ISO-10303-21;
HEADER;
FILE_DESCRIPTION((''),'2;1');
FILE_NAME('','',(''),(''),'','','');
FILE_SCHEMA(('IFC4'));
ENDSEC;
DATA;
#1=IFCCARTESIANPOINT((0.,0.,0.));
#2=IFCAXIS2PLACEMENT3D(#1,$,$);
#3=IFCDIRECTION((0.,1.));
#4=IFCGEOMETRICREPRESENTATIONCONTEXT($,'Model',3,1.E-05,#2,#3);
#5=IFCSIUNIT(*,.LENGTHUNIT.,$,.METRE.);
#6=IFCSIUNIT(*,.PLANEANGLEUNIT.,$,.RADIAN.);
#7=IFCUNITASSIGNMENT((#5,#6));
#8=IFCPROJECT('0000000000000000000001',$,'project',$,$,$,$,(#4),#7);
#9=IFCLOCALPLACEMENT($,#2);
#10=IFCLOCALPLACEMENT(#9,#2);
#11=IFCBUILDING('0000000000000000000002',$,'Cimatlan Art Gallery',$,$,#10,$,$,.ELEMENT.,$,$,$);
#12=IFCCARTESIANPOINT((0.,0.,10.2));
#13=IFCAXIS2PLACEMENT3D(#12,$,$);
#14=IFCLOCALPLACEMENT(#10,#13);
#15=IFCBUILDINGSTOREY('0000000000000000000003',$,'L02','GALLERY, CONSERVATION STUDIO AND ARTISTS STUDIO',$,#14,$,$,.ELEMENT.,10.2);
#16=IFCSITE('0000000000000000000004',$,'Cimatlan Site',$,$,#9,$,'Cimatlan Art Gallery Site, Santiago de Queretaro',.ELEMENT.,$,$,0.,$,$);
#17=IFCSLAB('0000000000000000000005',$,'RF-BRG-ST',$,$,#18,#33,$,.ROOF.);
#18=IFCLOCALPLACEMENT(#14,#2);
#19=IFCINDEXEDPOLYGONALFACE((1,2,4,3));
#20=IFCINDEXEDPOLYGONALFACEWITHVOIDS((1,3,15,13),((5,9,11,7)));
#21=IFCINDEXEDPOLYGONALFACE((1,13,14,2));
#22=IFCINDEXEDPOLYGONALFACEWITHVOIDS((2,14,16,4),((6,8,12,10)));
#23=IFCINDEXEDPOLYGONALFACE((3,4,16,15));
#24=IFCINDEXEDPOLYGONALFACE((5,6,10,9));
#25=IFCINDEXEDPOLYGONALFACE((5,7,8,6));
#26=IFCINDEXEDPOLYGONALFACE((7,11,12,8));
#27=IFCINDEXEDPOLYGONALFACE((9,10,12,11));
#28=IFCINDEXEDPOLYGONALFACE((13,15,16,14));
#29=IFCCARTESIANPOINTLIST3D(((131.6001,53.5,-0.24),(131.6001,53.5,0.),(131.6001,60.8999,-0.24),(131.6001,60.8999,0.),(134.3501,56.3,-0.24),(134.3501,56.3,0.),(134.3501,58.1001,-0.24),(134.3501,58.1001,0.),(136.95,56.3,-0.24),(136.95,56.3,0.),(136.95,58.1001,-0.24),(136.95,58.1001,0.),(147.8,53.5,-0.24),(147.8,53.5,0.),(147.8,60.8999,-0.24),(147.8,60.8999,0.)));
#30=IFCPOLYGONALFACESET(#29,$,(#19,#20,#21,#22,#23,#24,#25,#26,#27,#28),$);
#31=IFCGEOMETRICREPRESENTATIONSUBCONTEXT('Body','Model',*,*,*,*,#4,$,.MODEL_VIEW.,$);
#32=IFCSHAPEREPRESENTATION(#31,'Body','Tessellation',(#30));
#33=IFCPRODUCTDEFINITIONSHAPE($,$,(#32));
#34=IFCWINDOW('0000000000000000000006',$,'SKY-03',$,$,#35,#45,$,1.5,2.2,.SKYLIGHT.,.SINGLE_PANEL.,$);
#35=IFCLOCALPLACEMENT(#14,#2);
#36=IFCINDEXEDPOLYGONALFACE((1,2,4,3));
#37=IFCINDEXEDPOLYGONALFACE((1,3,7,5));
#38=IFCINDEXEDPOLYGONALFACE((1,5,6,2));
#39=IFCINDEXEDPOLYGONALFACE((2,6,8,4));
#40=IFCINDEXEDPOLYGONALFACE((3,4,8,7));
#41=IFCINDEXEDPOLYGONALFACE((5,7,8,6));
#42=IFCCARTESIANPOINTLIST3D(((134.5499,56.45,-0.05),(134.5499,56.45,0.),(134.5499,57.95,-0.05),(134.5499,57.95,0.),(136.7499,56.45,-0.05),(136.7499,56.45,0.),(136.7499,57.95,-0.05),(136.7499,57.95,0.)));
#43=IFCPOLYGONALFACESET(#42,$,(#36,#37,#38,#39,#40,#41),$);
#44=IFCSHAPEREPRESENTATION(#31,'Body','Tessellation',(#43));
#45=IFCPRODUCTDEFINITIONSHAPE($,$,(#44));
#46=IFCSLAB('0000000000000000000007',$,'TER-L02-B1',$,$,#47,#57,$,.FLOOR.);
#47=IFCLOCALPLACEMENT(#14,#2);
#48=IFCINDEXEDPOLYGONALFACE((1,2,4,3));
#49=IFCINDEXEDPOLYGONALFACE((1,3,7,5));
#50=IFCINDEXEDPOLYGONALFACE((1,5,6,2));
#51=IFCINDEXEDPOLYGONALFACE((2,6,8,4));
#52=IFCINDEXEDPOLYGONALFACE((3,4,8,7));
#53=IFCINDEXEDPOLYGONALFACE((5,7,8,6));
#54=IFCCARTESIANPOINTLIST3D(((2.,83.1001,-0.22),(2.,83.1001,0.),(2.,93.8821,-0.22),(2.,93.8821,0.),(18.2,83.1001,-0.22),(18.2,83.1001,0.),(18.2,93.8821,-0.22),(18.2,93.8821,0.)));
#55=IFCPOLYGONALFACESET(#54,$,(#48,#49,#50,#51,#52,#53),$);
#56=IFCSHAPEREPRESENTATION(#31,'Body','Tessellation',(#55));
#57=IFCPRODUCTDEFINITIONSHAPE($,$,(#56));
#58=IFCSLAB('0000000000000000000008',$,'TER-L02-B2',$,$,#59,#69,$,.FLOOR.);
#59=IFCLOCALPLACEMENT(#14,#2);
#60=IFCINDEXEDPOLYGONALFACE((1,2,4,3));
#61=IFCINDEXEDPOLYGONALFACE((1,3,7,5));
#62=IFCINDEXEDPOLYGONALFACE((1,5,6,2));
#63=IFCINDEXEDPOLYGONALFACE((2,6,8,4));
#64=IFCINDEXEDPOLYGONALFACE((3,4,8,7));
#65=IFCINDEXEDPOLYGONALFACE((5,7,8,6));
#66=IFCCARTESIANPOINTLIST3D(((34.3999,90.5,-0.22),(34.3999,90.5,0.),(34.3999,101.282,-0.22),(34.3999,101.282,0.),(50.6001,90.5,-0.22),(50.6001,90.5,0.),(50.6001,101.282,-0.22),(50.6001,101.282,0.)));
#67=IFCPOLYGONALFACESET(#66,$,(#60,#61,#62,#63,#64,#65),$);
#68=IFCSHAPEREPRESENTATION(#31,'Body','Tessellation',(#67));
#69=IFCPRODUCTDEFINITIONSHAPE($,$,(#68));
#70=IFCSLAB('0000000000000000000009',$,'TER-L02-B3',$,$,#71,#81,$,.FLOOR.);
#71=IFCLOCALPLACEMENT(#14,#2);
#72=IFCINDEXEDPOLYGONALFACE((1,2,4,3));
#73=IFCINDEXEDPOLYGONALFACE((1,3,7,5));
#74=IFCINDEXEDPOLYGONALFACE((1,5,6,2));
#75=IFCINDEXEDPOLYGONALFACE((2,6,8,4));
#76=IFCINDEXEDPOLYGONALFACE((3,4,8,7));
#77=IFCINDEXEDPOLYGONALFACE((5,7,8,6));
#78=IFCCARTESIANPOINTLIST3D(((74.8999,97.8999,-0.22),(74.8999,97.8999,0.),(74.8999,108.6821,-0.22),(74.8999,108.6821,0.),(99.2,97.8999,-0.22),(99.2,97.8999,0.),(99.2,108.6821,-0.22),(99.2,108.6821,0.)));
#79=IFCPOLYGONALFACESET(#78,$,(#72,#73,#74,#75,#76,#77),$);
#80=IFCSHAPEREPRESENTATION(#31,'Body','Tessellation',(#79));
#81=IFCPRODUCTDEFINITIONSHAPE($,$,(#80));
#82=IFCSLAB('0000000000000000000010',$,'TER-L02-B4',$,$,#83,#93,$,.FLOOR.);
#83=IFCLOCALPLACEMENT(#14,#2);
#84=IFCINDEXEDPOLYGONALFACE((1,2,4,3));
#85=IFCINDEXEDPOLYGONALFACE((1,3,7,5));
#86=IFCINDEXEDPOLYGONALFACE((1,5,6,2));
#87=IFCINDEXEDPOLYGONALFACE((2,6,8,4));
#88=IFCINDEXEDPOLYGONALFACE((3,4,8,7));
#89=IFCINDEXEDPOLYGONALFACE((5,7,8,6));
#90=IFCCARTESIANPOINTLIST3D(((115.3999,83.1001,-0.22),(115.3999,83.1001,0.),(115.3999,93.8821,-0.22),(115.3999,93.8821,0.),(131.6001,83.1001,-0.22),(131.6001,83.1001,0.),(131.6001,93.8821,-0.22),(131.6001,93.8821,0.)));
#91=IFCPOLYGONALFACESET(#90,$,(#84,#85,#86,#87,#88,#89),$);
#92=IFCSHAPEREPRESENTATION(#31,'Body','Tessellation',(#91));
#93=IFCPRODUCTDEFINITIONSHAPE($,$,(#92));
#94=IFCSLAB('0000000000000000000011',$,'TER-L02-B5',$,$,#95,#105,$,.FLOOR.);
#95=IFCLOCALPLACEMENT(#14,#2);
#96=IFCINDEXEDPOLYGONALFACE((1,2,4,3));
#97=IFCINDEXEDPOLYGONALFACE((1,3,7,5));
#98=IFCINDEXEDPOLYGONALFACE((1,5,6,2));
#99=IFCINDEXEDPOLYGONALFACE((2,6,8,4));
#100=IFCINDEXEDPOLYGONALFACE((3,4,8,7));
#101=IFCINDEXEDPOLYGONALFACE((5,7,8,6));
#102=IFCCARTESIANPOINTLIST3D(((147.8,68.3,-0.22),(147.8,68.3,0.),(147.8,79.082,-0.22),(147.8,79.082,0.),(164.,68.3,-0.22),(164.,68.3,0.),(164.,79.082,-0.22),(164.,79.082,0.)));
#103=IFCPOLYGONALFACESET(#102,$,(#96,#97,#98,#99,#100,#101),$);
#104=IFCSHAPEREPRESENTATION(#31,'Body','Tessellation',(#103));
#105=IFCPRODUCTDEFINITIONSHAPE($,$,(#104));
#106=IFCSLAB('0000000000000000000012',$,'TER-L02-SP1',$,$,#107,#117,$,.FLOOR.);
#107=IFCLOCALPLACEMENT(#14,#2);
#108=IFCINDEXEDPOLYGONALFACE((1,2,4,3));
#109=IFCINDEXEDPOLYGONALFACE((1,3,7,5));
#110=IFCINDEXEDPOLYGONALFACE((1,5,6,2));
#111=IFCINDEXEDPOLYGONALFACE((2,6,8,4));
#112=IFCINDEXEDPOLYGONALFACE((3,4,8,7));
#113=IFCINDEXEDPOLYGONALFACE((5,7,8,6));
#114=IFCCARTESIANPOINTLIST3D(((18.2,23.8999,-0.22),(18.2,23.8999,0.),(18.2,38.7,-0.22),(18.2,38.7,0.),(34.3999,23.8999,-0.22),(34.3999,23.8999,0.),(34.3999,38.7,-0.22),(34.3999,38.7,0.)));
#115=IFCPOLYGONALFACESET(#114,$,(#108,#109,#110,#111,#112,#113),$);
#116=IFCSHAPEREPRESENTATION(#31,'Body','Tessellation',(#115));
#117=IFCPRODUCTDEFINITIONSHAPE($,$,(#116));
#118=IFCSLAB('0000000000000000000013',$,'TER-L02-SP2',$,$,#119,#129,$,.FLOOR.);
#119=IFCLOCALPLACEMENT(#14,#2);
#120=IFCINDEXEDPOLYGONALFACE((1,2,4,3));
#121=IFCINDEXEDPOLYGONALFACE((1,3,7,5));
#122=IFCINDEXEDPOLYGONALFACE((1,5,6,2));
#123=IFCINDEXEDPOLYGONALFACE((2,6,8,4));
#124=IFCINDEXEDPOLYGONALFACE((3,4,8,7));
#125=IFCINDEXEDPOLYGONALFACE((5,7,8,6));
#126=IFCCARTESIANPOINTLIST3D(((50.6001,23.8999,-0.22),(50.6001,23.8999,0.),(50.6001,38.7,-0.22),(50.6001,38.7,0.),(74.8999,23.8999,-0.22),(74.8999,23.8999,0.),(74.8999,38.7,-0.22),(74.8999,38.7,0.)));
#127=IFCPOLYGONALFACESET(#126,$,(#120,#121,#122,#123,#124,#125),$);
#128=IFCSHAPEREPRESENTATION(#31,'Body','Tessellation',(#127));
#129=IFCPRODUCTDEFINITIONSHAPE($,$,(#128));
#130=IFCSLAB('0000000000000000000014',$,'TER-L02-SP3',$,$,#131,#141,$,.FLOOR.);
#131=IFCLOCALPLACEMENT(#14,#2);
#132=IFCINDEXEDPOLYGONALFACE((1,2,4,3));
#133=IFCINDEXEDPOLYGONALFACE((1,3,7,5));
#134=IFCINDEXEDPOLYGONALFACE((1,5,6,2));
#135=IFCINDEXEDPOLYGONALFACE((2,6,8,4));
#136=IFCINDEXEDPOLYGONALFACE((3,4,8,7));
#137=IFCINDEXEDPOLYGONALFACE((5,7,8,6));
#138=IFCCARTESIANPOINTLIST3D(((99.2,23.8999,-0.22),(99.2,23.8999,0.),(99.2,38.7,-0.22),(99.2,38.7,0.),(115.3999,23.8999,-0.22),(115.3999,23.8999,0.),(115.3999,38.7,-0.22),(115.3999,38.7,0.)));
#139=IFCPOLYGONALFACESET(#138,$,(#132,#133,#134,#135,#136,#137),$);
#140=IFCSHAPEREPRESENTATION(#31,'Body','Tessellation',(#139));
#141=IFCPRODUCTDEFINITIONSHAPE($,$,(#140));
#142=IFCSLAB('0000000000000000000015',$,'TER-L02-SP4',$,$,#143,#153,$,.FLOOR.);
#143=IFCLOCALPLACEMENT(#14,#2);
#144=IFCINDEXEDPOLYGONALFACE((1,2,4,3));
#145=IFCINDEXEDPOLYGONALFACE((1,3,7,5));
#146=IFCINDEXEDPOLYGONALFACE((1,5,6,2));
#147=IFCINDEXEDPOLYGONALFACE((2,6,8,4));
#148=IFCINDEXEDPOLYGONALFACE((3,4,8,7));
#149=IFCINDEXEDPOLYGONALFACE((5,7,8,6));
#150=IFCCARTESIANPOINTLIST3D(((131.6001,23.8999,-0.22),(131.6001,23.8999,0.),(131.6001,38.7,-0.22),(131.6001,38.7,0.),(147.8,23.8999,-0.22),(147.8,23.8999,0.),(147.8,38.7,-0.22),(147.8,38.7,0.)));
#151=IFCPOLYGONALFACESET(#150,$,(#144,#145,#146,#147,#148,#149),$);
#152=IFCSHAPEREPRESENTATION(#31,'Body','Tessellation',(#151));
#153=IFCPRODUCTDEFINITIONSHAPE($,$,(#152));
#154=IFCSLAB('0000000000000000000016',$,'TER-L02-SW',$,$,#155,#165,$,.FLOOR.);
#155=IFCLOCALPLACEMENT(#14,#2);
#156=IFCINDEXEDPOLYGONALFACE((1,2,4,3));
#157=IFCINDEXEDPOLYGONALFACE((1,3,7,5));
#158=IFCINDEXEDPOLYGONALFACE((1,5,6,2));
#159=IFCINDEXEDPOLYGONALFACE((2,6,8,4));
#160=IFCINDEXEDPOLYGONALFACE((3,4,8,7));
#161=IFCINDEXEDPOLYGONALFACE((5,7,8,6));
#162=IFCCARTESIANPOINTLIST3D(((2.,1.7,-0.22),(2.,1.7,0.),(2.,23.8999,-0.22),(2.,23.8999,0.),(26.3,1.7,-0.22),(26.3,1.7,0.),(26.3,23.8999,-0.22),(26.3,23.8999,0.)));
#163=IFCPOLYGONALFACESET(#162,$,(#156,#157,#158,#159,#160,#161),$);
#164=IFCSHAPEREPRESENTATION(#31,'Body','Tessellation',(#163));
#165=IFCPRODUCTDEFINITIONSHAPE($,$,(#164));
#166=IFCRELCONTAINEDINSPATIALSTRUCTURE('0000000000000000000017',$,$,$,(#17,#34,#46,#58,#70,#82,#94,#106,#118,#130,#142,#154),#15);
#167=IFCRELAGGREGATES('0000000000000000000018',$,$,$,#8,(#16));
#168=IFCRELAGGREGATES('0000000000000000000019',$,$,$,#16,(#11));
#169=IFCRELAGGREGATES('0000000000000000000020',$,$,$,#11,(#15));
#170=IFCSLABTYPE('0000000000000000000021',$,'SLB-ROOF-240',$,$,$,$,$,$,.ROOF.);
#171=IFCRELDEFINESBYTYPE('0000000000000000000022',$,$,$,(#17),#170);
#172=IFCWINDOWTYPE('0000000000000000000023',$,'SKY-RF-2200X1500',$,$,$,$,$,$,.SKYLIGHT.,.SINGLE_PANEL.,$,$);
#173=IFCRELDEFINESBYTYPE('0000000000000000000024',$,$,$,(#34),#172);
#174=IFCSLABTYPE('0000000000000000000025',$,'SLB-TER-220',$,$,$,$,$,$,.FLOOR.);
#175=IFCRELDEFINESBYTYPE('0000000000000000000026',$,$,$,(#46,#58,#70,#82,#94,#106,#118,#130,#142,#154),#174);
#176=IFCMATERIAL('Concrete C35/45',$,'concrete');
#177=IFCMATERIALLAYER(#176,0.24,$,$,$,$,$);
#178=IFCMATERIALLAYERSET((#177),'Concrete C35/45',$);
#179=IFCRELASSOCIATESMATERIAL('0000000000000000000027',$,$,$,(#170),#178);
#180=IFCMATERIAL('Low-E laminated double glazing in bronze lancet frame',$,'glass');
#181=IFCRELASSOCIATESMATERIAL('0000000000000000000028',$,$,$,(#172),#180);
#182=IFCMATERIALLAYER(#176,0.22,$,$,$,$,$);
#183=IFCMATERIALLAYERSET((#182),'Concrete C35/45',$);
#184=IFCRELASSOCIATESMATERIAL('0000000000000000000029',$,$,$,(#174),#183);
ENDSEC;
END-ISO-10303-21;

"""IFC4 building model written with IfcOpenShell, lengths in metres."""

from ifc_helpers import new_model, si_unit, direction, frame, origin, origin_2d, place, context, subcontext, project, spatial, polyline, rectangle, outline, extrude, material, layer, layer_set, type_object, element, fill, save


model = new_model("IFC4")

# Units and contexts
model_context = context("Model", 3, precision=1e-05, world=origin(), true_north=direction((0.0, 1.0)))
body_context = subcontext(model_context, "Body", "Model", "MODEL_VIEW")
ifc_project = project(units=[si_unit("LENGTHUNIT", "METRE"), si_unit("PLANEANGLEUNIT", "RADIAN")], contexts=[model_context])

# Site, building, storey
site_placement = place(None, origin())
site = spatial("IfcSite", under=ifc_project, at=site_placement, Name="Cimatlan Site", LongName="Cimatlan Art Gallery Site, Santiago de Queretaro", CompositionType="ELEMENT", RefElevation=0.0)
building_placement = place(site_placement, origin())
building = spatial("IfcBuilding", under=site, at=building_placement, Name="Cimatlan Art Gallery", CompositionType="ELEMENT")
storey_placement = place(building_placement, frame((0.0, 0.0, 10.2)))
storey = spatial("IfcBuildingStorey", under=building, at=storey_placement, Name="L02", Description="GALLERY, CONSERVATION STUDIO AND ARTISTS STUDIO", CompositionType="ELEMENT", Elevation=10.2)

# Shared definitions
ifc_material_1 = material(Name="Concrete C35/45", Category="concrete")

# Slab, opening, window
ifc_layer_1 = layer(ifc_material_1, 0.24)
ifc_layer_set_1 = layer_set([ifc_layer_1], Name="Concrete C35/45")
slab_type_1 = type_object("IfcSlabType", Name="SLB-ROOF-240", PredefinedType="ROOF", material=ifc_layer_set_1)
ifc_material_2 = material(Name="Low-E laminated double glazing in bronze lancet frame", Category="glass")
slab_1_placement = place(storey_placement, frame((0.0, 0.0, -0.24)))
slab_1 = element("IfcSlab", 1, at=slab_1_placement, inside=storey, type_object=slab_type_1, Name="RF-BRG-ST", PredefinedType="ROOF", context=body_context, shape_type="SweptSolid", body=[
    extrude(outline(polyline([(131.6001, 53.5), (147.8, 53.5), (147.8, 60.8999), (131.6001, 60.8999), (131.6001, 53.5)]), holes=[polyline([(134.3501, 56.3), (136.95, 56.3), (136.95, 58.1001), (134.3501, 58.1001), (134.3501, 56.3)])]), origin(), (0.0, 0.0, 1.0), 0.24),
])
opening_1_placement = place(slab_1_placement, frame((135.6499, 57.2, -0.01)))
opening_1 = element("IfcOpeningElement", 2, at=opening_1_placement, cuts=slab_1, PredefinedType="OPENING", context=body_context, shape_type="SweptSolid", body=[
    extrude(rectangle(XDim=2.2, YDim=1.5, at=origin_2d()), origin(), (0.0, 0.0, 1.0), 0.26),
])
window_type_1 = type_object("IfcWindowType", Name="SKY-RF-2200X1500", PartitioningType="SINGLE_PANEL", PredefinedType="SKYLIGHT", material=ifc_material_2)
window_1_placement = place(slab_1_placement, frame((135.6499, 57.2, 0.1899)))
window_1 = element("IfcWindow", 3, at=window_1_placement, inside=storey, type_object=window_type_1, Name="SKY-03", OverallHeight=1.5, OverallWidth=2.2, PartitioningType="SINGLE_PANEL", PredefinedType="SKYLIGHT", context=body_context, shape_type="SweptSolid", body=[
    extrude(rectangle(XDim=2.2, YDim=1.5, at=origin_2d()), origin(), (0.0, 0.0, 1.0), 0.05),
])
fill(opening_1, window_1)

# Slabs
ifc_layer_2 = layer(ifc_material_1, 0.22)
ifc_layer_set_2 = layer_set([ifc_layer_2], Name="Concrete C35/45")
slab_type_2 = type_object("IfcSlabType", Name="SLB-TER-220", PredefinedType="FLOOR", material=ifc_layer_set_2)
slab_2_placement = place(storey_placement, frame((0.0, 0.0, -0.22)))
element("IfcSlab", 4, at=slab_2_placement, inside=storey, type_object=slab_type_2, Name="TER-L02-B1", PredefinedType="FLOOR", context=body_context, shape_type="SweptSolid", body=[
    extrude(outline(polyline([(2.0, 83.1001), (18.2, 83.1001), (18.2, 93.8821), (2.0, 93.8821), (2.0, 83.1001)])), origin(), (0.0, 0.0, 1.0), 0.22),
])
slab_3_placement = place(storey_placement, frame((0.0, 0.0, -0.22)))
element("IfcSlab", 5, at=slab_3_placement, inside=storey, type_object=slab_type_2, Name="TER-L02-B2", PredefinedType="FLOOR", context=body_context, shape_type="SweptSolid", body=[
    extrude(outline(polyline([(34.3999, 90.5), (50.6001, 90.5), (50.6001, 101.282), (34.3999, 101.282), (34.3999, 90.5)])), origin(), (0.0, 0.0, 1.0), 0.22),
])
slab_4_placement = place(storey_placement, frame((0.0, 0.0, -0.22)))
element("IfcSlab", 6, at=slab_4_placement, inside=storey, type_object=slab_type_2, Name="TER-L02-B3", PredefinedType="FLOOR", context=body_context, shape_type="SweptSolid", body=[
    extrude(outline(polyline([(74.8999, 97.8999), (99.2, 97.8999), (99.2, 108.6821), (74.8999, 108.6821), (74.8999, 97.8999)])), origin(), (0.0, 0.0, 1.0), 0.22),
])
slab_5_placement = place(storey_placement, frame((0.0, 0.0, -0.22)))
element("IfcSlab", 7, at=slab_5_placement, inside=storey, type_object=slab_type_2, Name="TER-L02-B4", PredefinedType="FLOOR", context=body_context, shape_type="SweptSolid", body=[
    extrude(outline(polyline([(115.3999, 83.1001), (131.6001, 83.1001), (131.6001, 93.8821), (115.3999, 93.8821), (115.3999, 83.1001)])), origin(), (0.0, 0.0, 1.0), 0.22),
])
slab_6_placement = place(storey_placement, frame((0.0, 0.0, -0.22)))
element("IfcSlab", 8, at=slab_6_placement, inside=storey, type_object=slab_type_2, Name="TER-L02-B5", PredefinedType="FLOOR", context=body_context, shape_type="SweptSolid", body=[
    extrude(outline(polyline([(147.8, 68.3), (164.0, 68.3), (164.0, 79.082), (147.8, 79.082), (147.8, 68.3)])), origin(), (0.0, 0.0, 1.0), 0.22),
])
slab_7_placement = place(storey_placement, frame((0.0, 0.0, -0.22)))
element("IfcSlab", 9, at=slab_7_placement, inside=storey, type_object=slab_type_2, Name="TER-L02-SP1", PredefinedType="FLOOR", context=body_context, shape_type="SweptSolid", body=[
    extrude(outline(polyline([(18.2, 23.8999), (34.3999, 23.8999), (34.3999, 38.7), (18.2, 38.7), (18.2, 23.8999)])), origin(), (0.0, 0.0, 1.0), 0.22),
])
slab_8_placement = place(storey_placement, frame((0.0, 0.0, -0.22)))
element("IfcSlab", 10, at=slab_8_placement, inside=storey, type_object=slab_type_2, Name="TER-L02-SP2", PredefinedType="FLOOR", context=body_context, shape_type="SweptSolid", body=[
    extrude(outline(polyline([(50.6001, 23.8999), (74.8999, 23.8999), (74.8999, 38.7), (50.6001, 38.7), (50.6001, 23.8999)])), origin(), (0.0, 0.0, 1.0), 0.22),
])
slab_9_placement = place(storey_placement, frame((0.0, 0.0, -0.22)))
element("IfcSlab", 11, at=slab_9_placement, inside=storey, type_object=slab_type_2, Name="TER-L02-SP3", PredefinedType="FLOOR", context=body_context, shape_type="SweptSolid", body=[
    extrude(outline(polyline([(99.2, 23.8999), (115.3999, 23.8999), (115.3999, 38.7), (99.2, 38.7), (99.2, 23.8999)])), origin(), (0.0, 0.0, 1.0), 0.22),
])
slab_10_placement = place(storey_placement, frame((0.0, 0.0, -0.22)))
element("IfcSlab", 12, at=slab_10_placement, inside=storey, type_object=slab_type_2, Name="TER-L02-SP4", PredefinedType="FLOOR", context=body_context, shape_type="SweptSolid", body=[
    extrude(outline(polyline([(131.6001, 23.8999), (147.8, 23.8999), (147.8, 38.7), (131.6001, 38.7), (131.6001, 23.8999)])), origin(), (0.0, 0.0, 1.0), 0.22),
])
slab_11_placement = place(storey_placement, frame((0.0, 0.0, -0.22)))
element("IfcSlab", 13, at=slab_11_placement, inside=storey, type_object=slab_type_2, Name="TER-L02-SW", PredefinedType="FLOOR", context=body_context, shape_type="SweptSolid", body=[
    extrude(outline(polyline([(2.0, 1.7), (26.3, 1.7), (26.3, 23.8999), (2.0, 23.8999), (2.0, 1.7)])), origin(), (0.0, 0.0, 1.0), 0.22),
])

save(model, "model.ifc")
